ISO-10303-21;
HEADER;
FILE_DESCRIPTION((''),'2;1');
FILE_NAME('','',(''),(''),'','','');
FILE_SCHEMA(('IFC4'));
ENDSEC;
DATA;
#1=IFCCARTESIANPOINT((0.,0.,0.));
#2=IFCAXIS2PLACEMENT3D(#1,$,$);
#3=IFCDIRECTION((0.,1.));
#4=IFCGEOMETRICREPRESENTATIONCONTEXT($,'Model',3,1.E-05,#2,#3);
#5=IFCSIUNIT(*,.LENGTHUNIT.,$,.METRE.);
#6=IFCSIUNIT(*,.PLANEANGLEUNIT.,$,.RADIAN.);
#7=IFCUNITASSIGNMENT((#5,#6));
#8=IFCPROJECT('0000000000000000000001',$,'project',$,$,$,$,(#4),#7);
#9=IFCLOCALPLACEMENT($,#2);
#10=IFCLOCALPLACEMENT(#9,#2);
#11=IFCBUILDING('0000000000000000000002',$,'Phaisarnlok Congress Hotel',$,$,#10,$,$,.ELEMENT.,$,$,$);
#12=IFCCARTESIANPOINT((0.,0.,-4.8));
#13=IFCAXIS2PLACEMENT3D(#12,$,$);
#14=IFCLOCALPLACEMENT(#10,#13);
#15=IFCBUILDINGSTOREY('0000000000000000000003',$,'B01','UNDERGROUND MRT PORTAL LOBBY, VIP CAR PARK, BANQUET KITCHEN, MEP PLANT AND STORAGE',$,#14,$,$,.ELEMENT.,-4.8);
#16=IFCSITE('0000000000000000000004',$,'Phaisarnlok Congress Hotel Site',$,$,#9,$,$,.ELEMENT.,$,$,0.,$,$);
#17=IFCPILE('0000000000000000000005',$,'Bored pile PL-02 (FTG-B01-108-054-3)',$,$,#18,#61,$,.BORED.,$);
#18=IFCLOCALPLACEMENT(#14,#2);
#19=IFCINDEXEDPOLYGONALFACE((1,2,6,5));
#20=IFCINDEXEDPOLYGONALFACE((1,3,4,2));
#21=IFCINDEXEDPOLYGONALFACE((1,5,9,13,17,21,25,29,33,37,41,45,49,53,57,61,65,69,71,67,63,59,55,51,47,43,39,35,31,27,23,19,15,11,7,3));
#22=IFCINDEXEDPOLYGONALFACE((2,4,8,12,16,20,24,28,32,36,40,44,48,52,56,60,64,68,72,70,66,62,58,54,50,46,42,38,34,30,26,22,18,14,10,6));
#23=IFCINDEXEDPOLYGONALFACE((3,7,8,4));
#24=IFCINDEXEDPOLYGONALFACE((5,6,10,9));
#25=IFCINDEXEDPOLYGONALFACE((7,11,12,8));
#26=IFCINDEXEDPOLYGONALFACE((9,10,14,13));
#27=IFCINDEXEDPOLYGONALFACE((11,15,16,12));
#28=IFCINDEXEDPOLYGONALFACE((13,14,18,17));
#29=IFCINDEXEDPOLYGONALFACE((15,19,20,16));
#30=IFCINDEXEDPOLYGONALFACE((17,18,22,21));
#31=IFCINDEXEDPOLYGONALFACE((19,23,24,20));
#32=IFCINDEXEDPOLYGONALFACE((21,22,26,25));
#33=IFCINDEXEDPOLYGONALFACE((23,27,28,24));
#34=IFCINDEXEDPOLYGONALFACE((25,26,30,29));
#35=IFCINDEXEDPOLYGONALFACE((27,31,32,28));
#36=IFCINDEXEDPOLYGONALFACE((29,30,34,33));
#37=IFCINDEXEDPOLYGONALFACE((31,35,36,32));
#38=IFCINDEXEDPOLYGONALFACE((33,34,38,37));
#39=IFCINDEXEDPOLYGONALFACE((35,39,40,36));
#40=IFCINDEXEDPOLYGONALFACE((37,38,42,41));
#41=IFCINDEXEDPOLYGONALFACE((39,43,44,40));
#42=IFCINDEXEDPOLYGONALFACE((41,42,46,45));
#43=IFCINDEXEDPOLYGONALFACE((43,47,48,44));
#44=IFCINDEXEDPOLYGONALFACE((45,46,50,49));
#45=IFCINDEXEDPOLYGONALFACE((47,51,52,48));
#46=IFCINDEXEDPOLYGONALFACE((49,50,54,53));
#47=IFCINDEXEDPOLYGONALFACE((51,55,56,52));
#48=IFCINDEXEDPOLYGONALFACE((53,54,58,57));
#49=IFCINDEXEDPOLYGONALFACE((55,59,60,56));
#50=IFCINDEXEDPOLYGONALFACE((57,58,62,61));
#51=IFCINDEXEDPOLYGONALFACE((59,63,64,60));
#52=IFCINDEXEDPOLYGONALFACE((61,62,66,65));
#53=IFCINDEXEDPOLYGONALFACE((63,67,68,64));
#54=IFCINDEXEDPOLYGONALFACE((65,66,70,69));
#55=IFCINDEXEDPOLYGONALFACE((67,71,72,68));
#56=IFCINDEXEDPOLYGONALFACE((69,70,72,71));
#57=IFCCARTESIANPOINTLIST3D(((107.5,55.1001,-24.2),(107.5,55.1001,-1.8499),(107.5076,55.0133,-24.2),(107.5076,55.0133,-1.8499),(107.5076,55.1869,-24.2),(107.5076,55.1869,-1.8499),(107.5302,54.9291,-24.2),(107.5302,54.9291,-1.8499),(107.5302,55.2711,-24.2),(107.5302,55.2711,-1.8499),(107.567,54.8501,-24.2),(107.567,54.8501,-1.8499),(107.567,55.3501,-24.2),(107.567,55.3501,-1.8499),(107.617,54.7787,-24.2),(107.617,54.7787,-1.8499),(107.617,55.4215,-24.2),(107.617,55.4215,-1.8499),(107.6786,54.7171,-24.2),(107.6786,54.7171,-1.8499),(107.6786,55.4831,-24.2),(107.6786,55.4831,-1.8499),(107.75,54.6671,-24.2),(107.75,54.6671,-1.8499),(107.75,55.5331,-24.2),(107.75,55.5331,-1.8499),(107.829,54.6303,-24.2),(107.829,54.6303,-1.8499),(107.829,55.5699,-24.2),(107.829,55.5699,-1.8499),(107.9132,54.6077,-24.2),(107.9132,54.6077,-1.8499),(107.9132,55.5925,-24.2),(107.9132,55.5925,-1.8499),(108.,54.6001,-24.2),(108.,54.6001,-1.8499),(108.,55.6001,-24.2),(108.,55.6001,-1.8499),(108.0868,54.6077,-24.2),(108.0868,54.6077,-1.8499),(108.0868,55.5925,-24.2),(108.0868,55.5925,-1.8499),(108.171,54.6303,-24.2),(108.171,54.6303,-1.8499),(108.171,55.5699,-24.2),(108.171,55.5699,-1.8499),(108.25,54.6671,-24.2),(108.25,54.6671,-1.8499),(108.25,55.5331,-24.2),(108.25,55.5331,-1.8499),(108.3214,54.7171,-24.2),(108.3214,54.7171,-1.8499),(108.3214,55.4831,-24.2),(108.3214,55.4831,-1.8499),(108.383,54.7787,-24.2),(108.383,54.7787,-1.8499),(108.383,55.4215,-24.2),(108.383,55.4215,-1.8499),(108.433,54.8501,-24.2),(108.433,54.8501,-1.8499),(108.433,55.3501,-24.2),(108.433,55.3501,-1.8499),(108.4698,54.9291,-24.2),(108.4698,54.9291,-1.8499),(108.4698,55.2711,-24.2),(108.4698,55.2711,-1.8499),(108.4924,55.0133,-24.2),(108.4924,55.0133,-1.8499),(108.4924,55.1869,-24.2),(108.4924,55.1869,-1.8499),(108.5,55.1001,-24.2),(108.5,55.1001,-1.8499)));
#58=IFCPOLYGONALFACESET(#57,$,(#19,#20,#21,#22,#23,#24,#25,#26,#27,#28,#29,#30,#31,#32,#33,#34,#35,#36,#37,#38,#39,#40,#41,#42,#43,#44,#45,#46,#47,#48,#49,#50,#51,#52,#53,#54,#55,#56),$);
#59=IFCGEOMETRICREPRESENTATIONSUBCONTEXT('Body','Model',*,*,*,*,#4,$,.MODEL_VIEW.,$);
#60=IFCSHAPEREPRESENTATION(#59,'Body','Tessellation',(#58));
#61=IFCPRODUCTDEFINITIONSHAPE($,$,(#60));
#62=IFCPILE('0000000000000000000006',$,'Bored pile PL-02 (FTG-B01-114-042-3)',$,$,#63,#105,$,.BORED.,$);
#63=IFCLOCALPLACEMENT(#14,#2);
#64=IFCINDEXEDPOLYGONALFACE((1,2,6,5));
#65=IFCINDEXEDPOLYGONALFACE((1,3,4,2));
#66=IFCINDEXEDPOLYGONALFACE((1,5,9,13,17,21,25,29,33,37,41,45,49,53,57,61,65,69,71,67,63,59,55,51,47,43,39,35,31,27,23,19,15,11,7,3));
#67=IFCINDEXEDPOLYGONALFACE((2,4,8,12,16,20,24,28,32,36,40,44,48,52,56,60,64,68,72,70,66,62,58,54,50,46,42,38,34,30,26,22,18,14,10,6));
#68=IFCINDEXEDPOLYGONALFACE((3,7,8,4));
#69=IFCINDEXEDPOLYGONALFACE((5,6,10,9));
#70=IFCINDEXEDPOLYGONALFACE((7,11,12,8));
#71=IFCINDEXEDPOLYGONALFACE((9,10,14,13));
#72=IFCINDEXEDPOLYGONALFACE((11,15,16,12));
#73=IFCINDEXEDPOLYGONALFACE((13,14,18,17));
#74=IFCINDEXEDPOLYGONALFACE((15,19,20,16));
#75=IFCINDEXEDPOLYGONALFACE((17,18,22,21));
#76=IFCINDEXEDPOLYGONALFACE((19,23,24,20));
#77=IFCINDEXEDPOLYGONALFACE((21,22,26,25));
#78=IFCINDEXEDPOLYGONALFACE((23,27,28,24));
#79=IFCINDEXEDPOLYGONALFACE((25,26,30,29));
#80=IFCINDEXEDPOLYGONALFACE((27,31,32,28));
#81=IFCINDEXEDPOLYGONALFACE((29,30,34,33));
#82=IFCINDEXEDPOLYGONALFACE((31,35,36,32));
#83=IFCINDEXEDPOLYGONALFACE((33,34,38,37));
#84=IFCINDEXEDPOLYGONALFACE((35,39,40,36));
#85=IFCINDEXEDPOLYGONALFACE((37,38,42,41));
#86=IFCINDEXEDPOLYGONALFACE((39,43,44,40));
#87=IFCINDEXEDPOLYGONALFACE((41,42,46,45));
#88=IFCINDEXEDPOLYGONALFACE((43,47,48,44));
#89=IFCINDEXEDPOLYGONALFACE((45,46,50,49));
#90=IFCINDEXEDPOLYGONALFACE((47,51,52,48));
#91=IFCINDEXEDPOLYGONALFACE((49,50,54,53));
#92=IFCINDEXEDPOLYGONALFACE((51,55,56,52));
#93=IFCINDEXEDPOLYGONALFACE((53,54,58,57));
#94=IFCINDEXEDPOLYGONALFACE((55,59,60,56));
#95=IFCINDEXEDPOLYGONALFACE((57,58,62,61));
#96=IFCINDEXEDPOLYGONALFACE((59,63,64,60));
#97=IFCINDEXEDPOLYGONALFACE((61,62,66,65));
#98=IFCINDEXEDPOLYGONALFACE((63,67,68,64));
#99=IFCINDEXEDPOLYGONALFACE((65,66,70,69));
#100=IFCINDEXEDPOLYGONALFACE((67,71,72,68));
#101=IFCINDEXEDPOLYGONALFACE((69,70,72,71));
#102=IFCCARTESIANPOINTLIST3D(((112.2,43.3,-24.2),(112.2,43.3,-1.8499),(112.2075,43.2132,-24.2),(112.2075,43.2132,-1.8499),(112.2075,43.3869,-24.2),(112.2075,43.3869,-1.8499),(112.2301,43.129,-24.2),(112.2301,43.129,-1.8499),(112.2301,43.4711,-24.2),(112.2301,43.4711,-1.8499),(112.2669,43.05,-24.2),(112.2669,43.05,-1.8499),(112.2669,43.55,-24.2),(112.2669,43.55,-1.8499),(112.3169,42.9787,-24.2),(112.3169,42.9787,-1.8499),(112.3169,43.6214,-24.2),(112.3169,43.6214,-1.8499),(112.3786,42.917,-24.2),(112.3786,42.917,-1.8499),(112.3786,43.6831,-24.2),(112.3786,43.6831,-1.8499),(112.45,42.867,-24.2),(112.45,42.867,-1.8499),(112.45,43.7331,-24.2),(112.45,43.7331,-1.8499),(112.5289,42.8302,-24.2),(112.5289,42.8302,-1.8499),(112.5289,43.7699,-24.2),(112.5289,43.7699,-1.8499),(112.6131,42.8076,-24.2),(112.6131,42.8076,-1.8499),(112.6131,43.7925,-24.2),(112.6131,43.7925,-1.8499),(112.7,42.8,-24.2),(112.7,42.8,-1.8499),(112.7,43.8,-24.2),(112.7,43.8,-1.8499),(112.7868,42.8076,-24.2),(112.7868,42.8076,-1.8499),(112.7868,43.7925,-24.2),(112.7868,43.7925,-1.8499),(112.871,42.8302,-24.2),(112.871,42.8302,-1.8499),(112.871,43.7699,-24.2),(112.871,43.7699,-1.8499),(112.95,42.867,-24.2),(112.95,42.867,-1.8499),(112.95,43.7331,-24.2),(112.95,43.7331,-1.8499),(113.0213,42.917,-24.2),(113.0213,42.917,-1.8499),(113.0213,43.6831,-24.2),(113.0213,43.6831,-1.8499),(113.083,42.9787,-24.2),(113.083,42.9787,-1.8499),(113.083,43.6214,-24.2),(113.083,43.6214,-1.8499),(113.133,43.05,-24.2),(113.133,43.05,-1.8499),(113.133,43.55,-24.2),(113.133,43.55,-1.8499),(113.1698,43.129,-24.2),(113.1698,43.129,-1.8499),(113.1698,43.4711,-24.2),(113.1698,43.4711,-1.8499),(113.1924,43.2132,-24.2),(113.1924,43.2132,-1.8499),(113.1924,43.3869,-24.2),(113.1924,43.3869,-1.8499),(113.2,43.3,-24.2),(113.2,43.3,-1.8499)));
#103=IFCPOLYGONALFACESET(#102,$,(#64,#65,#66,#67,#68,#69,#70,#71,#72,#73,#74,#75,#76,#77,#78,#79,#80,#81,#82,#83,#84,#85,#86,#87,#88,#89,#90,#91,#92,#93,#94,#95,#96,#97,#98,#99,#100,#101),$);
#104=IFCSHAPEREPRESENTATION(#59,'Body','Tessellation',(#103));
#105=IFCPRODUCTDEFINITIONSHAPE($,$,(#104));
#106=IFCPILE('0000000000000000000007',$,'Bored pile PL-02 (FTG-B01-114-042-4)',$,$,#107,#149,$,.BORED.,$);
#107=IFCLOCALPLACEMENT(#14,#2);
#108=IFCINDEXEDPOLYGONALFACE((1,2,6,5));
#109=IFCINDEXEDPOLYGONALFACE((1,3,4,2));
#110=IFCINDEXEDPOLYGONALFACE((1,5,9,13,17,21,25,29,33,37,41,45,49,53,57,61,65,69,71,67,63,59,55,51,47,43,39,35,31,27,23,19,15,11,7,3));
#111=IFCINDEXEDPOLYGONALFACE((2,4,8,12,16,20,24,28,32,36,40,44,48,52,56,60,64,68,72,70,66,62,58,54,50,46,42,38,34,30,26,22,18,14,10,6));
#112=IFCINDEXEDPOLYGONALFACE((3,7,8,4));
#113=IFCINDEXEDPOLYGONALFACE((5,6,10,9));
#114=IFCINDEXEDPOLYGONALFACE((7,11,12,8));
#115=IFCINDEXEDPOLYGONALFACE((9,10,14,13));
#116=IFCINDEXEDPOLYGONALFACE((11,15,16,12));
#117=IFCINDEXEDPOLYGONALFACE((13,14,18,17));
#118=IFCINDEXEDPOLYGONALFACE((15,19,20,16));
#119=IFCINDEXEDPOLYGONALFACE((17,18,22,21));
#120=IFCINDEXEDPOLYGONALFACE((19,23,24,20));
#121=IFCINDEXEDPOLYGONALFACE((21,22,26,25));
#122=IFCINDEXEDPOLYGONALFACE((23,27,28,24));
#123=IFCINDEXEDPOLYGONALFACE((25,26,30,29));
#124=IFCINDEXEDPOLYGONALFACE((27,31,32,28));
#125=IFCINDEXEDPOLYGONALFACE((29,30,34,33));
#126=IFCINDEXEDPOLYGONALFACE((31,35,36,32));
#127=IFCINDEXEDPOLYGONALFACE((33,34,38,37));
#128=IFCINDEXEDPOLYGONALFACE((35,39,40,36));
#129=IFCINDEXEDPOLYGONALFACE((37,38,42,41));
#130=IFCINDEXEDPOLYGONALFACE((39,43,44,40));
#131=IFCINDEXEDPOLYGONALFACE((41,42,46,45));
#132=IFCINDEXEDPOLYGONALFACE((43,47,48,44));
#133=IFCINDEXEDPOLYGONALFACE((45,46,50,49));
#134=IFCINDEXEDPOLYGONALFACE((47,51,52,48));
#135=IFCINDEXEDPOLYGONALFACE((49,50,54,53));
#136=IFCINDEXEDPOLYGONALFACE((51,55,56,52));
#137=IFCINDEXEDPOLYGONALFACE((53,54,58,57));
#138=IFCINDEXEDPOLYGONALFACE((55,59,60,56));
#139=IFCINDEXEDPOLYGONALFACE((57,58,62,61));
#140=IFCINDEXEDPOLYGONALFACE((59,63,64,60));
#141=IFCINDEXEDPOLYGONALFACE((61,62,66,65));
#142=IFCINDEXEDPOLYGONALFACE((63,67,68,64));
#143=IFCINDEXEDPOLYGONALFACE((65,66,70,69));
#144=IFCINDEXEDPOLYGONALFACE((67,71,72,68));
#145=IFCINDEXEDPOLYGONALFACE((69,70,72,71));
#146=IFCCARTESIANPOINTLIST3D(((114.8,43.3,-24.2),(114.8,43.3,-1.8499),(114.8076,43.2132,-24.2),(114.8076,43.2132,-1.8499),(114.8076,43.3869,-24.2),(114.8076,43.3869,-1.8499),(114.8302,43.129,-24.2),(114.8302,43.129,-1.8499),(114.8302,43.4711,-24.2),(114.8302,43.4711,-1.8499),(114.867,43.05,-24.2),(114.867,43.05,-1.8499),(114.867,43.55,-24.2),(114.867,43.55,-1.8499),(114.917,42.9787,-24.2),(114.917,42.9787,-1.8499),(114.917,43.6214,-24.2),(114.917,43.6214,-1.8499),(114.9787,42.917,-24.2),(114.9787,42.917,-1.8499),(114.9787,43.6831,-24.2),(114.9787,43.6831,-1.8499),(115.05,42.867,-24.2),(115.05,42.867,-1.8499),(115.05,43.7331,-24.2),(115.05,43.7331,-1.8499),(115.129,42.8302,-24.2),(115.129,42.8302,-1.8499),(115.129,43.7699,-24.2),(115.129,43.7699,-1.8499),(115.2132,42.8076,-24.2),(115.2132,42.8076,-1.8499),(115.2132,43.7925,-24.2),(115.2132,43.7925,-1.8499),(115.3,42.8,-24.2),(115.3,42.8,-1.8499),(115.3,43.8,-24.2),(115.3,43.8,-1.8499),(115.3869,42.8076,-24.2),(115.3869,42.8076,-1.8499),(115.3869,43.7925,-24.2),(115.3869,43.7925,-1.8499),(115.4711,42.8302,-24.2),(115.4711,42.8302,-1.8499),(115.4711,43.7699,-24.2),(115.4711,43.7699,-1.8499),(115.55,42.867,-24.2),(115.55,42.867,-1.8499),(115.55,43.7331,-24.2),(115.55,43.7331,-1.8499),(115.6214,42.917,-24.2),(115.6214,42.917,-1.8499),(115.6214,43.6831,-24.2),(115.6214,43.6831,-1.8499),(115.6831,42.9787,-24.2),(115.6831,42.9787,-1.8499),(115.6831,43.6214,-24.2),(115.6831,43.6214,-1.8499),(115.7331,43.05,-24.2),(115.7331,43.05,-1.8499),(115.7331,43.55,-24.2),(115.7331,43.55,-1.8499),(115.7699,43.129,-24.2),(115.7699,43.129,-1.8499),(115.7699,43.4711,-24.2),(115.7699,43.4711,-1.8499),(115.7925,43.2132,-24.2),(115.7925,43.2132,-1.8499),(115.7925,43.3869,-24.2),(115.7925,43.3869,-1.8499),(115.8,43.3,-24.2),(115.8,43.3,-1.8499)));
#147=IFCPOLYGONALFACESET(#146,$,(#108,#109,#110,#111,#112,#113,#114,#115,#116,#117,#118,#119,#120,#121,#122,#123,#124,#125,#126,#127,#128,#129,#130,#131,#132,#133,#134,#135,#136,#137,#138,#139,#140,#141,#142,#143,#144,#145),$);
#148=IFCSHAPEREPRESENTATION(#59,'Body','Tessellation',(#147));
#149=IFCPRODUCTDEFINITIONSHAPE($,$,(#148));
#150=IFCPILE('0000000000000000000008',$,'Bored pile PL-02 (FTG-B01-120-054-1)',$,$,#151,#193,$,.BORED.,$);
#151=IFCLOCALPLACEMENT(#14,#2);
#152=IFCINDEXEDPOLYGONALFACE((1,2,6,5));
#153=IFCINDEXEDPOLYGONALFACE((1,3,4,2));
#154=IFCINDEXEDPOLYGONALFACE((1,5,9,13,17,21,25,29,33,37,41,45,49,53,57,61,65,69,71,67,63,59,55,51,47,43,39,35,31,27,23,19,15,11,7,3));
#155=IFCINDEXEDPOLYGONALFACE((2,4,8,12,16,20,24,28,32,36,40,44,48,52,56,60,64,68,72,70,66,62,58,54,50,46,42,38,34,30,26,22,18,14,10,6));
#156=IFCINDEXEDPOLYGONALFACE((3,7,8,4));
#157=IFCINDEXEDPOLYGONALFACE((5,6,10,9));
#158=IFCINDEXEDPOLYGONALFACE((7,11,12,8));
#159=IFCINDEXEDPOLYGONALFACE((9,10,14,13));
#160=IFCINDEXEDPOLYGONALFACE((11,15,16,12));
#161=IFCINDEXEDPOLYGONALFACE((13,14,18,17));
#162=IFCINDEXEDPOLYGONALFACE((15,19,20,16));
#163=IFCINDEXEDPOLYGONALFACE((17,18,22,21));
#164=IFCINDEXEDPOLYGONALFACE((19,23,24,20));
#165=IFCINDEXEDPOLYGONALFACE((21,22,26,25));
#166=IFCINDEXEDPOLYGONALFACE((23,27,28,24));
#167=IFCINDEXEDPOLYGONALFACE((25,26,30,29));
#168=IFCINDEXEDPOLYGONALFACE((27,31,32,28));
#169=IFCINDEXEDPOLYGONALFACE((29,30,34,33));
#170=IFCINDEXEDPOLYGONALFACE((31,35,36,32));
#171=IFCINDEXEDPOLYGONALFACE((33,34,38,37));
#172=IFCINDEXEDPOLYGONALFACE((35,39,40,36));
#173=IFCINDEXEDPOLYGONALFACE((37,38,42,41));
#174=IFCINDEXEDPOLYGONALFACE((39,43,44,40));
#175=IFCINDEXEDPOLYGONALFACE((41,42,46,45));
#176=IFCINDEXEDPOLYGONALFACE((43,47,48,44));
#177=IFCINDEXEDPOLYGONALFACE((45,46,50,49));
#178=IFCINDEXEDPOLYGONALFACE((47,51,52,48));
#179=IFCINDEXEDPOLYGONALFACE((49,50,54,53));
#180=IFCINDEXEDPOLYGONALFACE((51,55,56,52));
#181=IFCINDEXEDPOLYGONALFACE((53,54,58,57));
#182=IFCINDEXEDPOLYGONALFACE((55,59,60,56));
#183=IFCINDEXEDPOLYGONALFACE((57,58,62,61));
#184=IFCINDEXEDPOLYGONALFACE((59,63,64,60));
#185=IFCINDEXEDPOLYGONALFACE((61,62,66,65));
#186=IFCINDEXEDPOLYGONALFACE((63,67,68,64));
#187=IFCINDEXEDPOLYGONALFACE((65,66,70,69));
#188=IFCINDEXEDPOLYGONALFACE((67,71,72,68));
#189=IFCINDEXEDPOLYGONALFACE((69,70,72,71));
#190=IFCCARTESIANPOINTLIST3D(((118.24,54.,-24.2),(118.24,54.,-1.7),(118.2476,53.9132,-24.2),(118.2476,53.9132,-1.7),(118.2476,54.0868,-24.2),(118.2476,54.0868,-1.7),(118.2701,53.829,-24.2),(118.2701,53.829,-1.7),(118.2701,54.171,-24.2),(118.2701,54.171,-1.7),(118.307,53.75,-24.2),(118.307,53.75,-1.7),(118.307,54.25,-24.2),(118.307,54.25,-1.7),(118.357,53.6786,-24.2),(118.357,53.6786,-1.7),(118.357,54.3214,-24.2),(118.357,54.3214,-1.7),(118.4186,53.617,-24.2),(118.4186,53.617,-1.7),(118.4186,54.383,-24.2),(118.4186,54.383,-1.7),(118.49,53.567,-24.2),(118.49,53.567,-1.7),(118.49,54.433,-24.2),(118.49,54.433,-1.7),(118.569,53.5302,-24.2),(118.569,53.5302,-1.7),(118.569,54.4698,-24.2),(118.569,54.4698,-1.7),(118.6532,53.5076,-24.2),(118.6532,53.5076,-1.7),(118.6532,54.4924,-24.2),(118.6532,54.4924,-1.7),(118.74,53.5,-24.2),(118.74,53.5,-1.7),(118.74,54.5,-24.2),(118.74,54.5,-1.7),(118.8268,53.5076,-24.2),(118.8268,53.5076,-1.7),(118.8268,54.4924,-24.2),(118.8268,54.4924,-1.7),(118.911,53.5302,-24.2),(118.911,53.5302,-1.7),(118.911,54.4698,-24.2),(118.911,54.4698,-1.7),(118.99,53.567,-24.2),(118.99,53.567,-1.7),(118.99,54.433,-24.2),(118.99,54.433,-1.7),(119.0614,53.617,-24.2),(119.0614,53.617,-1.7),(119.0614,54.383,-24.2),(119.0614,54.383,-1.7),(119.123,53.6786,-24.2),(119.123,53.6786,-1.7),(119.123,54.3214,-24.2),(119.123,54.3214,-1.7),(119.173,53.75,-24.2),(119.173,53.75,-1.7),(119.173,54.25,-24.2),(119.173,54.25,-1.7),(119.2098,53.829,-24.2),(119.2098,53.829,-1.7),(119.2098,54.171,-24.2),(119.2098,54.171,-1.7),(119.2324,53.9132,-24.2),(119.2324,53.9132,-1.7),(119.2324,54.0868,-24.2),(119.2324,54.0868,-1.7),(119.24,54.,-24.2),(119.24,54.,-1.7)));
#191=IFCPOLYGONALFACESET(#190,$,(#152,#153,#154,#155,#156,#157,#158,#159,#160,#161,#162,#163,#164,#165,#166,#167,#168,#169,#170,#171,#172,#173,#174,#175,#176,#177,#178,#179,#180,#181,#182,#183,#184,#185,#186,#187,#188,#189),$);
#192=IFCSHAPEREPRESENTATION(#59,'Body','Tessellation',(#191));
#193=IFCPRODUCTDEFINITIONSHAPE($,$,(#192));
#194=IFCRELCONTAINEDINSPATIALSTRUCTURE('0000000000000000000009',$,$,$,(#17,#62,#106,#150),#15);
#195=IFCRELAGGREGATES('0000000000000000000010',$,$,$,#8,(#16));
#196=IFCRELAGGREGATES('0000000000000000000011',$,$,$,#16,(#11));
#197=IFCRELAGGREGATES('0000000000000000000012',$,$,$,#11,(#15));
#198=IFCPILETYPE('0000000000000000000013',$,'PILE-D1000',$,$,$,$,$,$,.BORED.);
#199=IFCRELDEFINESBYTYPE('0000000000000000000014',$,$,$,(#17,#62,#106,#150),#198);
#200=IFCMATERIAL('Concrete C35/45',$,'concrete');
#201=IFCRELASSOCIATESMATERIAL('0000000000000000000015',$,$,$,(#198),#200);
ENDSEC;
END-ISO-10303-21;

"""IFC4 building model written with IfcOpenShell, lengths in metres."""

from ifc_helpers import new_model, si_unit, direction, frame, origin, origin_2d, place, context, subcontext, project, spatial, circle, extrude, material, material_profile, profile_set, type_object, element, save


model = new_model("IFC4")

# Units and contexts
model_context = context("Model", 3, precision=1e-05, world=origin(), true_north=direction((0.0, 1.0)))
body_context = subcontext(model_context, "Body", "Model", "MODEL_VIEW")
ifc_project = project(units=[si_unit("LENGTHUNIT", "METRE"), si_unit("PLANEANGLEUNIT", "RADIAN")], contexts=[model_context])

# Site, building, storey
site_placement = place(None, origin())
site = spatial("IfcSite", under=ifc_project, at=site_placement, Name="Phaisarnlok Congress Hotel Site", CompositionType="ELEMENT", RefElevation=0.0)
building_placement = place(site_placement, origin())
building = spatial("IfcBuilding", under=site, at=building_placement, Name="Phaisarnlok Congress Hotel", CompositionType="ELEMENT")
storey_placement = place(building_placement, frame((0.0, 0.0, -4.8)))
storey = spatial("IfcBuildingStorey", under=building, at=storey_placement, Name="B01", Description="UNDERGROUND MRT PORTAL LOBBY, VIP CAR PARK, BANQUET KITCHEN, MEP PLANT AND STORAGE", CompositionType="ELEMENT", Elevation=-4.8)

# Piles
ifc_material_1 = material(Name="Concrete C35/45", Category="concrete")
ifc_material_profile_1 = material_profile(ifc_material_1, circle(Radius=0.5, at=origin_2d()), Name="BORED PILE D1000")
ifc_profile_set_1 = profile_set([ifc_material_profile_1], Name="Concrete C35/45")
pile_type_1 = type_object("IfcPileType", Name="PILE-D1000", PredefinedType="BORED", material=ifc_profile_set_1)
for number, where, z_axis, x_axis, name in (
    (1, (108.0, 55.1001, -1.8499), (0.0, 0.0, -1.0), (1.0, 0.0, 0.0), "Bored pile PL-02 (FTG-B01-108-054-3)"),
    (2, (112.7, 43.3, -1.8499), (0.0, 0.0, -1.0), (1.0, 0.0, 0.0), "Bored pile PL-02 (FTG-B01-114-042-3)"),
    (3, (115.3, 43.3, -1.8499), (0.0, 0.0, -1.0), (1.0, 0.0, 0.0), "Bored pile PL-02 (FTG-B01-114-042-4)"),
):
    element("IfcPile", number, at=place(storey_placement, frame(where, z_axis=z_axis, x_axis=x_axis)), inside=storey, type_object=pile_type_1, Name=name, PredefinedType="BORED", context=body_context, shape_type="SweptSolid", body=[
        extrude(circle(Radius=0.5, at=origin_2d()), origin(), (0.0, 0.0, 1.0), 22.3501),
    ])
pile_1_placement = place(storey_placement, frame((118.74, 54.0, -1.7), z_axis=(0.0, 0.0, -1.0), x_axis=(1.0, 0.0, 0.0)))
element("IfcPile", 4, at=pile_1_placement, inside=storey, type_object=pile_type_1, Name="Bored pile PL-02 (FTG-B01-120-054-1)", PredefinedType="BORED", context=body_context, shape_type="SweptSolid", body=[
    extrude(circle(Radius=0.5, at=origin_2d()), origin(), (0.0, 0.0, 1.0), 22.5),
])

save(model, "model.ifc")
